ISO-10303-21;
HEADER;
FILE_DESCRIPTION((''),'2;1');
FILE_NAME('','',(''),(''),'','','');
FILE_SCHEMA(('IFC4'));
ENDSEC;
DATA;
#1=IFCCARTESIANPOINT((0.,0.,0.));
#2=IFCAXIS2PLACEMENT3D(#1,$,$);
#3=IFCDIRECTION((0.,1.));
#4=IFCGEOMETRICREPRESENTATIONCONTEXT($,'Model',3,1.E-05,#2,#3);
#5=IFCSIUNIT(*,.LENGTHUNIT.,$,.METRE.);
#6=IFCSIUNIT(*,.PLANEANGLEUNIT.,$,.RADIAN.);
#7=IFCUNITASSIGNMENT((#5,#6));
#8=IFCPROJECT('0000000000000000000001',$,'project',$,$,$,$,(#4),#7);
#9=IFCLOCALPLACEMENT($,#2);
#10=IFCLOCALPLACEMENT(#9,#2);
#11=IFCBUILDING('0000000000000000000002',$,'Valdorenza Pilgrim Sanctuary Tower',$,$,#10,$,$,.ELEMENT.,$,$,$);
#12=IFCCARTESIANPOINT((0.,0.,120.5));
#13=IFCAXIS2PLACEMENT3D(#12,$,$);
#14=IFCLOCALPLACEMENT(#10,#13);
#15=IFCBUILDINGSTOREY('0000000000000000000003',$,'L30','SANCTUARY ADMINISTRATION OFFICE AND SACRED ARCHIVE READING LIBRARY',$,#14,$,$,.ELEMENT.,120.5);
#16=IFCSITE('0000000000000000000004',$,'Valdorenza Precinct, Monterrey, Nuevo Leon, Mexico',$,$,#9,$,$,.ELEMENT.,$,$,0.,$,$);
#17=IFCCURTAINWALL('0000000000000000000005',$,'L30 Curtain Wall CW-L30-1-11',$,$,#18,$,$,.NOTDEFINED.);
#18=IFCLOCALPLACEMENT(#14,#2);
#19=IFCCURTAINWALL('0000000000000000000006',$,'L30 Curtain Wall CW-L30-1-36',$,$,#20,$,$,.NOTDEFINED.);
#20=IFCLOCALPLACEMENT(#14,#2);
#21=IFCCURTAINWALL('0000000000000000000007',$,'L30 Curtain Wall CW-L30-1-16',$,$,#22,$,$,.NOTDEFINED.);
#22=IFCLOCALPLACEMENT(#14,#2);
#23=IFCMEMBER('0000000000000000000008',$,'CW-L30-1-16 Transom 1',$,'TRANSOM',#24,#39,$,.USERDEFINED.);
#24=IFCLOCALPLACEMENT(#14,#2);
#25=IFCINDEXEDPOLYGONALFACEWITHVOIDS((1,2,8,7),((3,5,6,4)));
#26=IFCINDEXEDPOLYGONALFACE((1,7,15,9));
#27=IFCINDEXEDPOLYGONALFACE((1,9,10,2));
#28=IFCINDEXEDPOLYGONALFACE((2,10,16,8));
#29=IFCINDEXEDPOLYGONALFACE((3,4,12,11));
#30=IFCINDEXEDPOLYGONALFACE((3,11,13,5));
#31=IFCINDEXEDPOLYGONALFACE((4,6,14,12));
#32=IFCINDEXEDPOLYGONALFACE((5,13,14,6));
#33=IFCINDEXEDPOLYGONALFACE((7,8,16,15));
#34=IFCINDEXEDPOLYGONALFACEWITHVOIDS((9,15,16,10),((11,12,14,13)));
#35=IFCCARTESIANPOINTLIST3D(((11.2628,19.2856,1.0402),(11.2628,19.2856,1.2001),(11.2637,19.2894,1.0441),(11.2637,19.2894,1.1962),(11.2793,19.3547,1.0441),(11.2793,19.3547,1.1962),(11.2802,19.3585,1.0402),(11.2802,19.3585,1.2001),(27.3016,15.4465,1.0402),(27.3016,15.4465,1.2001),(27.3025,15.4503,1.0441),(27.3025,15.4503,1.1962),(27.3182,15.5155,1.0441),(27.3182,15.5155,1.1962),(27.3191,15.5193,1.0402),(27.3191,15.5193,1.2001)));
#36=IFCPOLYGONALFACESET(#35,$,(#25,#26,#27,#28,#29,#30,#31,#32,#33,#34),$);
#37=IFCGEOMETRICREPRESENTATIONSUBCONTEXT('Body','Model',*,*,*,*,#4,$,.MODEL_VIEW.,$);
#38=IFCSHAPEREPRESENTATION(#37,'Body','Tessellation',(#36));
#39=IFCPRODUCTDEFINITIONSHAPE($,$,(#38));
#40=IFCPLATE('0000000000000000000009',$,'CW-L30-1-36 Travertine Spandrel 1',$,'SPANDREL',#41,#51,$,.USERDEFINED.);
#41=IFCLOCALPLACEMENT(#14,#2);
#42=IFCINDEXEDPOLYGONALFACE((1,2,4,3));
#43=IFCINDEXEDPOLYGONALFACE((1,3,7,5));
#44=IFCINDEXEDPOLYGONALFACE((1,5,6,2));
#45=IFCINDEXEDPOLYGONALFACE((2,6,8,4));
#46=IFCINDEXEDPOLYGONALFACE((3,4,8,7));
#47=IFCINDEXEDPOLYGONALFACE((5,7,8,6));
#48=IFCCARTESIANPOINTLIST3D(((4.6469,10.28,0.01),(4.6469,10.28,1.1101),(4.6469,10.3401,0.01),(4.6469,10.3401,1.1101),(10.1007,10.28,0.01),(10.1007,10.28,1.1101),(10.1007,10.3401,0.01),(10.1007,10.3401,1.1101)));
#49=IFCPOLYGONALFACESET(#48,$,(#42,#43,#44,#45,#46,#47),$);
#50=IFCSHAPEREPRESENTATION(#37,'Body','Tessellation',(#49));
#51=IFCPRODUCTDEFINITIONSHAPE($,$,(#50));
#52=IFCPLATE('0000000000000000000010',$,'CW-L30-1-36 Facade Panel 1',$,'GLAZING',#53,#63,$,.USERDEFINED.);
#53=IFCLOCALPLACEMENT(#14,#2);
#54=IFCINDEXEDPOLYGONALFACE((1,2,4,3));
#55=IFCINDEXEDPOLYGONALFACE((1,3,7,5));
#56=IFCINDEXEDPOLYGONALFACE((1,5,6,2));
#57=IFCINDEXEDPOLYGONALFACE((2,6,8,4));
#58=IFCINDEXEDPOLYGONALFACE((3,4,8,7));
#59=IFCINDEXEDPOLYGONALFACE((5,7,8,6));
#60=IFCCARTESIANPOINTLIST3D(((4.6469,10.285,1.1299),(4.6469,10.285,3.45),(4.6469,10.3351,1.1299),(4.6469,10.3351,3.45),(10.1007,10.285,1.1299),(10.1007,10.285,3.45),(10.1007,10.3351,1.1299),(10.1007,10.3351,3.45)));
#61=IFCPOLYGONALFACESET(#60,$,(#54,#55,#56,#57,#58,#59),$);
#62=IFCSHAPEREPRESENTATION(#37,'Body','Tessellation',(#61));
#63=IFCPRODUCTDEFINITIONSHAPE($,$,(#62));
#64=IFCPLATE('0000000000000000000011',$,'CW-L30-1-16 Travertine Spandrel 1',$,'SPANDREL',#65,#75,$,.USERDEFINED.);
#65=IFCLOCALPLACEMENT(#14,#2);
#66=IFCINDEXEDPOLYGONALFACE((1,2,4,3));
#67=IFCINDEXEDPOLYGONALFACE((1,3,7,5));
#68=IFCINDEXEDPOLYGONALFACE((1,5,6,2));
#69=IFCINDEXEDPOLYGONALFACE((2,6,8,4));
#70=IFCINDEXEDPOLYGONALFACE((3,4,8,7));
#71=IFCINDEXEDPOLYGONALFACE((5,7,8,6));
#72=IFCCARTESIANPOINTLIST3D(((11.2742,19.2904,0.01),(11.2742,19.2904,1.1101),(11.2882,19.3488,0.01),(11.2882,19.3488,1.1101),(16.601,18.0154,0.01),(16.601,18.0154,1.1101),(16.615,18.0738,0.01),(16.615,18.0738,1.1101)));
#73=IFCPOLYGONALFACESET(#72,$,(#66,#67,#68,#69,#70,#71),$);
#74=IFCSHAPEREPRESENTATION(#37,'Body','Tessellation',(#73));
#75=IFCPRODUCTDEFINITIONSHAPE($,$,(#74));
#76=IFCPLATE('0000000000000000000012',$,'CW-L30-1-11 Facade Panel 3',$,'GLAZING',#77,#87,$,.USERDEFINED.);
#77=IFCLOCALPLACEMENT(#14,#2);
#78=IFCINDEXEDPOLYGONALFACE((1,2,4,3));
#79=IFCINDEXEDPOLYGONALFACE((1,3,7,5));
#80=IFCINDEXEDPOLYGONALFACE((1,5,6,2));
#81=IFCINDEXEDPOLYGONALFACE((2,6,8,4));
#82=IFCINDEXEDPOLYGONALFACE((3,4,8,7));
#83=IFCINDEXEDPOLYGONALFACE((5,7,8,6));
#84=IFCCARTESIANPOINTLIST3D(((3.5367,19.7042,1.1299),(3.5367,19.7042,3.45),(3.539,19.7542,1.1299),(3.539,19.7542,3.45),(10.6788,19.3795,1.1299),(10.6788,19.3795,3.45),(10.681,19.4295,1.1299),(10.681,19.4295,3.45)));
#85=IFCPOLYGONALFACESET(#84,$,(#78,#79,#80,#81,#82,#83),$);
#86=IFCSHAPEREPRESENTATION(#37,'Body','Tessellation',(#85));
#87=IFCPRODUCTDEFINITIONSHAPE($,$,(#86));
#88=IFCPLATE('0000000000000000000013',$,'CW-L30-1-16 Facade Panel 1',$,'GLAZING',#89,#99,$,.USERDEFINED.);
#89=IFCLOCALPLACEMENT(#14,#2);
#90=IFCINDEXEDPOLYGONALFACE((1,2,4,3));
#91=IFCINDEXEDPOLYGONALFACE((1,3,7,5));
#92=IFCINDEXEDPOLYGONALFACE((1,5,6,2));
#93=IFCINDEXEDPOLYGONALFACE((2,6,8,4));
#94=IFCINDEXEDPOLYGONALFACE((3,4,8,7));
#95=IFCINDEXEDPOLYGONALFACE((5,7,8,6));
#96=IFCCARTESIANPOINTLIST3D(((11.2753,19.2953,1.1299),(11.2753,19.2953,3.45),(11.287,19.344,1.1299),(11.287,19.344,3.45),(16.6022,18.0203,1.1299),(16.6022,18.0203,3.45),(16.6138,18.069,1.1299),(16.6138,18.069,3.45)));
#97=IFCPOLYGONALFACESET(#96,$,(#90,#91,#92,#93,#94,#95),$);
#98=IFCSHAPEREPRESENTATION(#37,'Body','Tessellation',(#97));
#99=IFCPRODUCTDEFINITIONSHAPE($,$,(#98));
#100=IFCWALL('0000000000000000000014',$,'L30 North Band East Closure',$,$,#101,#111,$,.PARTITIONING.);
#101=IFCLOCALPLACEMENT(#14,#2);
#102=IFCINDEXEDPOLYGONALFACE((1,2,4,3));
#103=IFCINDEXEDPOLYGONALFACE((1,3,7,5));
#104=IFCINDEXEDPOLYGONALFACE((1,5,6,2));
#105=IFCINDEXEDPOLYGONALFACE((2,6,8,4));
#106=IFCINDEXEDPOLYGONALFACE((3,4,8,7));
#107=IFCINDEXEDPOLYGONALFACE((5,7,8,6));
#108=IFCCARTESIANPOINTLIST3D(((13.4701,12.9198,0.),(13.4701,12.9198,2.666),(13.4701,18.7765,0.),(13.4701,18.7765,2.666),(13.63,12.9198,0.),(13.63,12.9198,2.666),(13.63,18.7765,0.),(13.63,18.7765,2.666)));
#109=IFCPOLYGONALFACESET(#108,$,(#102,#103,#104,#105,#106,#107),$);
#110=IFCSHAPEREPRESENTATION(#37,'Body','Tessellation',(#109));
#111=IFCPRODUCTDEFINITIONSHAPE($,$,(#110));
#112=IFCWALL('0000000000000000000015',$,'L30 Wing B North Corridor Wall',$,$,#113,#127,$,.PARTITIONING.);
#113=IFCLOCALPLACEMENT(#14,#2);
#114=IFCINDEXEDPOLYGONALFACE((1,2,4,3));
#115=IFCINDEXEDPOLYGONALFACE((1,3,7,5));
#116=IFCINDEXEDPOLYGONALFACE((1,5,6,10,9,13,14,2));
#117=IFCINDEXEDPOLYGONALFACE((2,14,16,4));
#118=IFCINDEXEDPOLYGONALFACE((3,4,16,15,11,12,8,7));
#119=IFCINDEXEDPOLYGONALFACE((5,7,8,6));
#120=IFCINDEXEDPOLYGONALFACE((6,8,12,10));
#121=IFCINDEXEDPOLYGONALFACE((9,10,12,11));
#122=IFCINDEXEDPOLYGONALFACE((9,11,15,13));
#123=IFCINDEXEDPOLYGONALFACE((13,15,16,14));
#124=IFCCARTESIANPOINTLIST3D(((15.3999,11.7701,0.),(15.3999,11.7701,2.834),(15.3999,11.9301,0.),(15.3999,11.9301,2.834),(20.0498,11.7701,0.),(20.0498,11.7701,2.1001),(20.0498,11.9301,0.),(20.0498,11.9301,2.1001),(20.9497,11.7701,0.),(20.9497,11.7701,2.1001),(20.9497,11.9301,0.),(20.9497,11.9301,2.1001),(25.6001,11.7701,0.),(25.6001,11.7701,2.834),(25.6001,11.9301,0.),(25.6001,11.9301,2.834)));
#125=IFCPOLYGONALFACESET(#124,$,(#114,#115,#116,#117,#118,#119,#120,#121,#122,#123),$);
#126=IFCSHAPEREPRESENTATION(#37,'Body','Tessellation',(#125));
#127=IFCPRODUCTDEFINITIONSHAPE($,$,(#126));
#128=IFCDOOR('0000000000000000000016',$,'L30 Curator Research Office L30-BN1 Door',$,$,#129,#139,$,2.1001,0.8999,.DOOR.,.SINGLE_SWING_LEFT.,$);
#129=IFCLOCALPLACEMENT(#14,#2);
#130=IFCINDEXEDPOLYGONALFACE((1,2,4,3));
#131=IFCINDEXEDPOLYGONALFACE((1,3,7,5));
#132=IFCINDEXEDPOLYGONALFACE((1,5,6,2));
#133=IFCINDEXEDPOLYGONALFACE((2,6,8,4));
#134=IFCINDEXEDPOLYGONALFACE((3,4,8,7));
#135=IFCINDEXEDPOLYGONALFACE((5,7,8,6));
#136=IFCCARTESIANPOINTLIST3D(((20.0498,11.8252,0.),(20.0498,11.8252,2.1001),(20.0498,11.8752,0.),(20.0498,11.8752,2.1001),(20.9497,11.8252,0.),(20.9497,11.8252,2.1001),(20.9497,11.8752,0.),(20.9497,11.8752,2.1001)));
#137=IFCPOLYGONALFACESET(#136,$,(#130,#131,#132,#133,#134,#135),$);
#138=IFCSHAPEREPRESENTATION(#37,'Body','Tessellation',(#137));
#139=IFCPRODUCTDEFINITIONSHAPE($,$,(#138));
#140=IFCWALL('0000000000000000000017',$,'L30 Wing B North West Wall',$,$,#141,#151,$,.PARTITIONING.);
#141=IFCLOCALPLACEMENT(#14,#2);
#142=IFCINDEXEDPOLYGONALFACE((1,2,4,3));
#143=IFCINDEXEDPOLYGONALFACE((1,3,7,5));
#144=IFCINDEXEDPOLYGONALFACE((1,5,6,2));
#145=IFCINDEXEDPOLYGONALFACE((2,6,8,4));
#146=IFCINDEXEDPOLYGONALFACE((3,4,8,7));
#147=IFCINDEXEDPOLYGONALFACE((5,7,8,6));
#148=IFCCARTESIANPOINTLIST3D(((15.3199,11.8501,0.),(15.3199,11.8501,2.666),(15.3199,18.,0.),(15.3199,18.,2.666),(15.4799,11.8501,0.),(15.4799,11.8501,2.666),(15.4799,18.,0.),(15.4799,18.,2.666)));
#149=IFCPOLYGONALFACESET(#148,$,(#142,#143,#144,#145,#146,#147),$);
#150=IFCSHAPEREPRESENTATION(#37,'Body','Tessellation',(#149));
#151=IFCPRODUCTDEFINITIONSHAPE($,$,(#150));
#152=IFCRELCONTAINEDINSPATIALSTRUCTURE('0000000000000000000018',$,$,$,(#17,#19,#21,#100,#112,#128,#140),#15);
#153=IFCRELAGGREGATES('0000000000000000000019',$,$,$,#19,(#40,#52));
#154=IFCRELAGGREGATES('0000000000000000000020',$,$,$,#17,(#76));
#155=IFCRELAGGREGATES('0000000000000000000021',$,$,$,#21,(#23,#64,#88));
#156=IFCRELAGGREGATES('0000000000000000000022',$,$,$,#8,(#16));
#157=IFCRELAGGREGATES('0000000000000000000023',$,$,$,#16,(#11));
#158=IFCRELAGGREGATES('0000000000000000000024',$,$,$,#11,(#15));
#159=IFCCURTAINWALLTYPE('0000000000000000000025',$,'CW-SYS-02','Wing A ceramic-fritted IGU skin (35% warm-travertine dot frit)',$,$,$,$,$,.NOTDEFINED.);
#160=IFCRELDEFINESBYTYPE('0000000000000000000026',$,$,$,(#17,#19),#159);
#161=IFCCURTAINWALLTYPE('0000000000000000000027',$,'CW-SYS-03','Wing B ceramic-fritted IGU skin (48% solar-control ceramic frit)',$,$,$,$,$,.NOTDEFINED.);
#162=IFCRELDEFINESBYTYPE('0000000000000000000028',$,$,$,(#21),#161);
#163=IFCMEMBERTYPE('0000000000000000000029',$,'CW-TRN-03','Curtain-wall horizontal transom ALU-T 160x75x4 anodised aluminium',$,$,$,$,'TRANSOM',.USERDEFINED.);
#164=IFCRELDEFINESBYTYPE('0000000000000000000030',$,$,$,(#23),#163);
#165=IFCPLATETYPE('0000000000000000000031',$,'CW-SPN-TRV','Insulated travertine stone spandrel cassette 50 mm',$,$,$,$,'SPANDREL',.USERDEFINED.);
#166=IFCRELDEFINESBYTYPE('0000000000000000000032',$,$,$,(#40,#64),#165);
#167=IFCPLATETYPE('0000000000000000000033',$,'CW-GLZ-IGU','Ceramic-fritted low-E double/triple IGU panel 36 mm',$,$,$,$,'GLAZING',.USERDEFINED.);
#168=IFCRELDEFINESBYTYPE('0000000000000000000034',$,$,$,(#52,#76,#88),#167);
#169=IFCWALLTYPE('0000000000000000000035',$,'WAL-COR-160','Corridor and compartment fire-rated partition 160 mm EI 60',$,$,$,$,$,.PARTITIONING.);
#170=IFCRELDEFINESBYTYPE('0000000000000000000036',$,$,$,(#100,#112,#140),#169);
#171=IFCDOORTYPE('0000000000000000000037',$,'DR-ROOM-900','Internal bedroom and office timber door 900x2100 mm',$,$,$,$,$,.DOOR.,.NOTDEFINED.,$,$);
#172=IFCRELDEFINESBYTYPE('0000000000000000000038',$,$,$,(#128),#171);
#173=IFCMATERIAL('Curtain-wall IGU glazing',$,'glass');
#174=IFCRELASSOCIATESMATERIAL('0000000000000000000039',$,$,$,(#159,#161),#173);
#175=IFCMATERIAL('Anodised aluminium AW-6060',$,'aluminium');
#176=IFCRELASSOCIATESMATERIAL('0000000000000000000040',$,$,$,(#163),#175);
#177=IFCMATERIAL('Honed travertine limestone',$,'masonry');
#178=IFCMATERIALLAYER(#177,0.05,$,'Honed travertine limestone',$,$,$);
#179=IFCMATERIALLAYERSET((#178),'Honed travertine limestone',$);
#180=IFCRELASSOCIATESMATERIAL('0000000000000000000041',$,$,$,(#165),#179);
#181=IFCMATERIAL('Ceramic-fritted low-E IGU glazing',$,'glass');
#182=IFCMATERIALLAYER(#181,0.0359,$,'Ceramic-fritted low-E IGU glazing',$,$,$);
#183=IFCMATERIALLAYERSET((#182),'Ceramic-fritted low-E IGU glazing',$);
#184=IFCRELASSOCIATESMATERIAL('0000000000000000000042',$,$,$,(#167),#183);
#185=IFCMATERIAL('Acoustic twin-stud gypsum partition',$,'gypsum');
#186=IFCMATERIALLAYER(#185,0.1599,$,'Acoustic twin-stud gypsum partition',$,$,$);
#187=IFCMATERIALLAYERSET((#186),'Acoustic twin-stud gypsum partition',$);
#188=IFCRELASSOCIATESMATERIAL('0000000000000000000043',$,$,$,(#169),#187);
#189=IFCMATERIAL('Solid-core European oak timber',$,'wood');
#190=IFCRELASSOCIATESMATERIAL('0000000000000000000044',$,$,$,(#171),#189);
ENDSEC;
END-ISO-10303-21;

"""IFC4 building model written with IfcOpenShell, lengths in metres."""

from ifc_helpers import new_model, si_unit, direction, frame, frame_2d, origin, origin_2d, place, context, subcontext, project, spatial, rectangle, hollow_rectangle, extrude, source, transform, mapped, material, layer, layer_set, material_profile, profile_set, type_object, element, fill, aggregate, save


model = new_model("IFC4")

# Units and contexts
model_context = context("Model", 3, precision=1e-05, world=origin(), true_north=direction((0.0, 1.0)))
body_context = subcontext(model_context, "Body", "Model", "MODEL_VIEW")
ifc_project = project(units=[si_unit("LENGTHUNIT", "METRE"), si_unit("PLANEANGLEUNIT", "RADIAN")], contexts=[model_context])

# Site, building, storey
site_placement = place(None, origin())
site = spatial("IfcSite", under=ifc_project, at=site_placement, Name="Valdorenza Precinct, Monterrey, Nuevo Leon, Mexico", CompositionType="ELEMENT", RefElevation=0.0)
building_placement = place(site_placement, origin())
building = spatial("IfcBuilding", under=site, at=building_placement, Name="Valdorenza Pilgrim Sanctuary Tower", CompositionType="ELEMENT")
storey_placement = place(building_placement, frame((0.0, 0.0, 120.5)))
storey = spatial("IfcBuildingStorey", under=building, at=storey_placement, Name="L30", Description="SANCTUARY ADMINISTRATION OFFICE AND SACRED ARCHIVE READING LIBRARY", CompositionType="ELEMENT", Elevation=120.5)

# Curtain walls
ifc_material_1 = material(Name="Curtain-wall IGU glazing", Category="glass")
curtain_wall_type_1 = type_object("IfcCurtainWallType", Name="CW-SYS-02", Description="Wing A ceramic-fritted IGU skin (35% warm-travertine dot frit)", PredefinedType="NOTDEFINED", material=ifc_material_1)
curtain_wall_1_placement = place(storey_placement, origin())
curtain_wall_1 = element("IfcCurtainWall", 1, at=curtain_wall_1_placement, inside=storey, type_object=curtain_wall_type_1, Name="L30 Curtain Wall CW-L30-1-11", PredefinedType="NOTDEFINED")
ifc_material_2 = material(Name="Anodised aluminium AW-6060", Category="aluminium")
curtain_wall_2_placement = place(storey_placement, origin())
curtain_wall_2 = element("IfcCurtainWall", 2, at=curtain_wall_2_placement, inside=storey, type_object=curtain_wall_type_1, Name="L30 Curtain Wall CW-L30-1-36", PredefinedType="NOTDEFINED")
curtain_wall_type_2 = type_object("IfcCurtainWallType", Name="CW-SYS-03", Description="Wing B ceramic-fritted IGU skin (48% solar-control ceramic frit)", PredefinedType="NOTDEFINED", material=ifc_material_1)
curtain_wall_3_placement = place(storey_placement, origin())
curtain_wall_3 = element("IfcCurtainWall", 3, at=curtain_wall_3_placement, inside=storey, type_object=curtain_wall_type_2, Name="L30 Curtain Wall CW-L30-1-16", PredefinedType="NOTDEFINED")

# Member
ifc_material_profile_1 = material_profile(ifc_material_2, hollow_rectangle(XDim=0.075, YDim=0.1599, WallThickness=0.0039, at=origin_2d()), Name="ALU-T 160x75x4")
ifc_profile_set_1 = profile_set([ifc_material_profile_1], Name="Anodised aluminium AW-6060")
member_type_1 = type_object("IfcMemberType", Name="CW-TRN-03", Description="Curtain-wall horizontal transom ALU-T 160x75x4 anodised aluminium", ElementType="TRANSOM", PredefinedType="USERDEFINED", material=ifc_profile_set_1)
shared_shape_1 = source(origin(), body_context, "Body", "SweptSolid", [
    extrude(hollow_rectangle(XDim=0.075, YDim=0.1599, WallThickness=0.0039, at=origin_2d()), origin(), (0.0, 0.0, 1.0), 16.4919),
])
member_1_placement = place(storey_placement, frame((11.2715, 19.322, 1.1201), z_axis=(0.972528, -0.232788, 0.0), x_axis=(0.232788, 0.972528, 0.0)))
member_1 = element("IfcMember", 4, at=member_1_placement, type_object=member_type_1, Name="CW-L30-1-16 Transom 1", ObjectType="TRANSOM", PredefinedType="USERDEFINED", context=body_context, shape_type="MappedRepresentation", body=[
    mapped(shared_shape_1, transform((0.0, 0.0, 0.0), x_axis=(1.0, 0.0, 0.0), y_axis=(0.0, 1.0, 0.0), z_axis=(0.0, 0.0, 1.0), scale=1.0)),
])

# Plates
ifc_material_3 = material(Name="Honed travertine limestone", Category="masonry")
ifc_layer_1 = layer(ifc_material_3, 0.05, Name="Honed travertine limestone")
ifc_layer_set_1 = layer_set([ifc_layer_1], Name="Honed travertine limestone")
plate_type_1 = type_object("IfcPlateType", Name="CW-SPN-TRV", Description="Insulated travertine stone spandrel cassette 50 mm", ElementType="SPANDREL", PredefinedType="USERDEFINED", material=ifc_layer_set_1)
shared_shape_2 = source(origin(), body_context, "Body", "SweptSolid", [
    extrude(rectangle(XDim=5.4539, YDim=0.0601, at=origin_2d()), origin(), (0.0, 0.0, 1.0), 1.1001),
])
plate_1_placement = place(storey_placement, frame((7.3738, 10.3101, 0.01), z_axis=(0.0, 0.0, 1.0), x_axis=(-1.0, 0.0, 0.0)))
plate_1 = element("IfcPlate", 5, at=plate_1_placement, type_object=plate_type_1, Name="CW-L30-1-36 Travertine Spandrel 1", ObjectType="SPANDREL", PredefinedType="USERDEFINED", context=body_context, shape_type="MappedRepresentation", body=[
    mapped(shared_shape_2, transform((0.0, 0.0, 0.0), x_axis=(1.0, 0.0, 0.0), y_axis=(0.0, 1.0, 0.0), z_axis=(0.0, 0.0, 1.0), scale=1.0)),
])
ifc_material_4 = material(Name="Ceramic-fritted low-E IGU glazing", Category="glass")
ifc_layer_2 = layer(ifc_material_4, 0.0359, Name="Ceramic-fritted low-E IGU glazing")
ifc_layer_set_2 = layer_set([ifc_layer_2], Name="Ceramic-fritted low-E IGU glazing")
plate_type_2 = type_object("IfcPlateType", Name="CW-GLZ-IGU", Description="Ceramic-fritted low-E double/triple IGU panel 36 mm", ElementType="GLAZING", PredefinedType="USERDEFINED", material=ifc_layer_set_2)
shared_shape_3 = source(origin(), body_context, "Body", "SweptSolid", [
    extrude(rectangle(XDim=5.4539, YDim=0.05, at=origin_2d()), origin(), (0.0, 0.0, 1.0), 2.3201),
])
plate_2_placement = place(storey_placement, frame((7.3738, 10.3101, 1.1299), z_axis=(0.0, 0.0, 1.0), x_axis=(-1.0, 0.0, 0.0)))
plate_2 = element("IfcPlate", 6, at=plate_2_placement, type_object=plate_type_2, Name="CW-L30-1-36 Facade Panel 1", ObjectType="GLAZING", PredefinedType="USERDEFINED", context=body_context, shape_type="MappedRepresentation", body=[
    mapped(shared_shape_3, transform((0.0, 0.0, 0.0), x_axis=(1.0, 0.0, 0.0), y_axis=(0.0, 1.0, 0.0), z_axis=(0.0, 0.0, 1.0), scale=1.0)),
])
aggregate(curtain_wall_2, [plate_1, plate_2])
shared_shape_4 = source(origin(), body_context, "Body", "SweptSolid", [
    extrude(rectangle(XDim=5.4773, YDim=0.0601, at=origin_2d()), origin(), (0.0, 0.0, 1.0), 1.1001),
])
plate_3_placement = place(storey_placement, frame((13.9446, 18.6821, 0.01), z_axis=(0.0, 0.0, 1.0), x_axis=(0.972529, -0.232783, 0.0)))
plate_3 = element("IfcPlate", 7, at=plate_3_placement, type_object=plate_type_1, Name="CW-L30-1-16 Travertine Spandrel 1", ObjectType="SPANDREL", PredefinedType="USERDEFINED", context=body_context, shape_type="MappedRepresentation", body=[
    mapped(shared_shape_4, transform((0.0, 0.0, 0.0), x_axis=(1.0, 0.0, 0.0), y_axis=(0.0, 1.0, 0.0), z_axis=(0.0, 0.0, 1.0), scale=1.0)),
])
shared_shape_5 = source(origin(), body_context, "Body", "SweptSolid", [
    extrude(rectangle(XDim=7.1494, YDim=0.05, at=origin_2d()), origin(), (0.0, 0.0, 1.0), 2.3201),
])
plate_4_placement = place(storey_placement, frame((7.1089, 19.5669, 1.1299), z_axis=(0.0, 0.0, 1.0), x_axis=(0.998968, -0.045415, 0.0)))
plate_4 = element("IfcPlate", 8, at=plate_4_placement, type_object=plate_type_2, Name="CW-L30-1-11 Facade Panel 3", ObjectType="GLAZING", PredefinedType="USERDEFINED", context=body_context, shape_type="MappedRepresentation", body=[
    mapped(shared_shape_5, transform((0.0, 0.0, 0.0), x_axis=(1.0, 0.0, 0.0), y_axis=(0.0, 1.0, 0.0), z_axis=(0.0, 0.0, 1.0), scale=1.0)),
])
aggregate(curtain_wall_1, [plate_4])
shared_shape_6 = source(origin(), body_context, "Body", "SweptSolid", [
    extrude(rectangle(XDim=5.4773, YDim=0.05, at=origin_2d()), origin(), (0.0, 0.0, 1.0), 2.3201),
])
plate_5_placement = place(storey_placement, frame((13.9446, 18.6821, 1.1299), z_axis=(0.0, 0.0, 1.0), x_axis=(0.972529, -0.232783, 0.0)))
plate_5 = element("IfcPlate", 9, at=plate_5_placement, type_object=plate_type_2, Name="CW-L30-1-16 Facade Panel 1", ObjectType="GLAZING", PredefinedType="USERDEFINED", context=body_context, shape_type="MappedRepresentation", body=[
    mapped(shared_shape_6, transform((0.0, 0.0, 0.0), x_axis=(1.0, 0.0, 0.0), y_axis=(0.0, 1.0, 0.0), z_axis=(0.0, 0.0, 1.0), scale=1.0)),
])
aggregate(curtain_wall_3, [member_1, plate_3, plate_5])

# Wall
ifc_material_5 = material(Name="Acoustic twin-stud gypsum partition", Category="gypsum")
ifc_layer_3 = layer(ifc_material_5, 0.1599, Name="Acoustic twin-stud gypsum partition")
ifc_layer_set_3 = layer_set([ifc_layer_3], Name="Acoustic twin-stud gypsum partition")
wall_type_1 = type_object("IfcWallType", Name="WAL-COR-160", Description="Corridor and compartment fire-rated partition 160 mm EI 60", PredefinedType="PARTITIONING", material=ifc_layer_set_3)
wall_1_placement = place(storey_placement, frame((13.55, 12.9199, 0.0), z_axis=(0.0, 0.0, 1.0), x_axis=(0.0, 1.0, 0.0)))
element("IfcWall", 10, at=wall_1_placement, inside=storey, type_object=wall_type_1, Name="L30 North Band East Closure", PredefinedType="PARTITIONING", context=body_context, shape_type="SweptSolid", body=[
    extrude(rectangle(XDim=5.8567, YDim=0.1599, at=frame_2d((2.9282, 0.0))), origin(), (0.0, 0.0, 1.0), 2.666),
])

# Wall, opening, door
wall_2_placement = place(storey_placement, frame((15.3999, 11.8501, 0.0), z_axis=(0.0, 0.0, 1.0), x_axis=(1.0, 0.0, 0.0)))
wall_2 = element("IfcWall", 11, at=wall_2_placement, inside=storey, type_object=wall_type_1, Name="L30 Wing B North Corridor Wall", PredefinedType="PARTITIONING", context=body_context, shape_type="SweptSolid", body=[
    extrude(rectangle(XDim=10.2002, YDim=0.1599, at=frame_2d((5.1001, 0.0))), origin(), (0.0, 0.0, 1.0), 2.834),
])
opening_1_placement = place(wall_2_placement, frame((4.6499, 0.0, 0.0)))
opening_1 = element("IfcOpeningElement", 12, at=opening_1_placement, cuts=wall_2, PredefinedType="OPENING", context=body_context, shape_type="SweptSolid", body=[
    extrude(rectangle(XDim=0.8999, YDim=2.1001, at=frame_2d((0.45, 1.05))), frame((0.0, 0.0947, 0.0), z_axis=(0.0, -1.0, 0.0), x_axis=(1.0, 0.0, 0.0)), (0.0, 0.0, 1.0), 0.1897),
])
ifc_material_6 = material(Name="Solid-core European oak timber", Category="wood")
door_type = type_object("IfcDoorType", Name="DR-ROOM-900", Description="Internal bedroom and office timber door 900x2100 mm", OperationType="NOTDEFINED", PredefinedType="DOOR", material=ifc_material_6)
door_1_placement = place(opening_1_placement, frame((0.8999, 0.0, 0.0), z_axis=(0.0, 0.0, 1.0), x_axis=(-1.0, 0.0, 0.0)))
door_1 = element("IfcDoor", 13, at=door_1_placement, inside=storey, type_object=door_type, Name="L30 Curator Research Office L30-BN1 Door", OperationType="SINGLE_SWING_LEFT", OverallHeight=2.1001, OverallWidth=0.8999, PredefinedType="DOOR", context=body_context, shape_type="SweptSolid", body=[
    extrude(rectangle(XDim=0.8999, YDim=2.1001, at=frame_2d((0.45, 1.05))), frame((0.0, 0.0249, 0.0), z_axis=(0.0, -1.0, 0.0), x_axis=(1.0, 0.0, 0.0)), (0.0, 0.0, 1.0), 0.05),
])
fill(opening_1, door_1)

# Wall
wall_3_placement = place(storey_placement, frame((15.3999, 11.8501, 0.0), z_axis=(0.0, 0.0, 1.0), x_axis=(0.0, 1.0, 0.0)))
element("IfcWall", 14, at=wall_3_placement, inside=storey, type_object=wall_type_1, Name="L30 Wing B North West Wall", PredefinedType="PARTITIONING", context=body_context, shape_type="SweptSolid", body=[
    extrude(rectangle(XDim=6.1499, YDim=0.1599, at=frame_2d((3.075, 0.0))), origin(), (0.0, 0.0, 1.0), 2.666),
])

save(model, "model.ifc")
